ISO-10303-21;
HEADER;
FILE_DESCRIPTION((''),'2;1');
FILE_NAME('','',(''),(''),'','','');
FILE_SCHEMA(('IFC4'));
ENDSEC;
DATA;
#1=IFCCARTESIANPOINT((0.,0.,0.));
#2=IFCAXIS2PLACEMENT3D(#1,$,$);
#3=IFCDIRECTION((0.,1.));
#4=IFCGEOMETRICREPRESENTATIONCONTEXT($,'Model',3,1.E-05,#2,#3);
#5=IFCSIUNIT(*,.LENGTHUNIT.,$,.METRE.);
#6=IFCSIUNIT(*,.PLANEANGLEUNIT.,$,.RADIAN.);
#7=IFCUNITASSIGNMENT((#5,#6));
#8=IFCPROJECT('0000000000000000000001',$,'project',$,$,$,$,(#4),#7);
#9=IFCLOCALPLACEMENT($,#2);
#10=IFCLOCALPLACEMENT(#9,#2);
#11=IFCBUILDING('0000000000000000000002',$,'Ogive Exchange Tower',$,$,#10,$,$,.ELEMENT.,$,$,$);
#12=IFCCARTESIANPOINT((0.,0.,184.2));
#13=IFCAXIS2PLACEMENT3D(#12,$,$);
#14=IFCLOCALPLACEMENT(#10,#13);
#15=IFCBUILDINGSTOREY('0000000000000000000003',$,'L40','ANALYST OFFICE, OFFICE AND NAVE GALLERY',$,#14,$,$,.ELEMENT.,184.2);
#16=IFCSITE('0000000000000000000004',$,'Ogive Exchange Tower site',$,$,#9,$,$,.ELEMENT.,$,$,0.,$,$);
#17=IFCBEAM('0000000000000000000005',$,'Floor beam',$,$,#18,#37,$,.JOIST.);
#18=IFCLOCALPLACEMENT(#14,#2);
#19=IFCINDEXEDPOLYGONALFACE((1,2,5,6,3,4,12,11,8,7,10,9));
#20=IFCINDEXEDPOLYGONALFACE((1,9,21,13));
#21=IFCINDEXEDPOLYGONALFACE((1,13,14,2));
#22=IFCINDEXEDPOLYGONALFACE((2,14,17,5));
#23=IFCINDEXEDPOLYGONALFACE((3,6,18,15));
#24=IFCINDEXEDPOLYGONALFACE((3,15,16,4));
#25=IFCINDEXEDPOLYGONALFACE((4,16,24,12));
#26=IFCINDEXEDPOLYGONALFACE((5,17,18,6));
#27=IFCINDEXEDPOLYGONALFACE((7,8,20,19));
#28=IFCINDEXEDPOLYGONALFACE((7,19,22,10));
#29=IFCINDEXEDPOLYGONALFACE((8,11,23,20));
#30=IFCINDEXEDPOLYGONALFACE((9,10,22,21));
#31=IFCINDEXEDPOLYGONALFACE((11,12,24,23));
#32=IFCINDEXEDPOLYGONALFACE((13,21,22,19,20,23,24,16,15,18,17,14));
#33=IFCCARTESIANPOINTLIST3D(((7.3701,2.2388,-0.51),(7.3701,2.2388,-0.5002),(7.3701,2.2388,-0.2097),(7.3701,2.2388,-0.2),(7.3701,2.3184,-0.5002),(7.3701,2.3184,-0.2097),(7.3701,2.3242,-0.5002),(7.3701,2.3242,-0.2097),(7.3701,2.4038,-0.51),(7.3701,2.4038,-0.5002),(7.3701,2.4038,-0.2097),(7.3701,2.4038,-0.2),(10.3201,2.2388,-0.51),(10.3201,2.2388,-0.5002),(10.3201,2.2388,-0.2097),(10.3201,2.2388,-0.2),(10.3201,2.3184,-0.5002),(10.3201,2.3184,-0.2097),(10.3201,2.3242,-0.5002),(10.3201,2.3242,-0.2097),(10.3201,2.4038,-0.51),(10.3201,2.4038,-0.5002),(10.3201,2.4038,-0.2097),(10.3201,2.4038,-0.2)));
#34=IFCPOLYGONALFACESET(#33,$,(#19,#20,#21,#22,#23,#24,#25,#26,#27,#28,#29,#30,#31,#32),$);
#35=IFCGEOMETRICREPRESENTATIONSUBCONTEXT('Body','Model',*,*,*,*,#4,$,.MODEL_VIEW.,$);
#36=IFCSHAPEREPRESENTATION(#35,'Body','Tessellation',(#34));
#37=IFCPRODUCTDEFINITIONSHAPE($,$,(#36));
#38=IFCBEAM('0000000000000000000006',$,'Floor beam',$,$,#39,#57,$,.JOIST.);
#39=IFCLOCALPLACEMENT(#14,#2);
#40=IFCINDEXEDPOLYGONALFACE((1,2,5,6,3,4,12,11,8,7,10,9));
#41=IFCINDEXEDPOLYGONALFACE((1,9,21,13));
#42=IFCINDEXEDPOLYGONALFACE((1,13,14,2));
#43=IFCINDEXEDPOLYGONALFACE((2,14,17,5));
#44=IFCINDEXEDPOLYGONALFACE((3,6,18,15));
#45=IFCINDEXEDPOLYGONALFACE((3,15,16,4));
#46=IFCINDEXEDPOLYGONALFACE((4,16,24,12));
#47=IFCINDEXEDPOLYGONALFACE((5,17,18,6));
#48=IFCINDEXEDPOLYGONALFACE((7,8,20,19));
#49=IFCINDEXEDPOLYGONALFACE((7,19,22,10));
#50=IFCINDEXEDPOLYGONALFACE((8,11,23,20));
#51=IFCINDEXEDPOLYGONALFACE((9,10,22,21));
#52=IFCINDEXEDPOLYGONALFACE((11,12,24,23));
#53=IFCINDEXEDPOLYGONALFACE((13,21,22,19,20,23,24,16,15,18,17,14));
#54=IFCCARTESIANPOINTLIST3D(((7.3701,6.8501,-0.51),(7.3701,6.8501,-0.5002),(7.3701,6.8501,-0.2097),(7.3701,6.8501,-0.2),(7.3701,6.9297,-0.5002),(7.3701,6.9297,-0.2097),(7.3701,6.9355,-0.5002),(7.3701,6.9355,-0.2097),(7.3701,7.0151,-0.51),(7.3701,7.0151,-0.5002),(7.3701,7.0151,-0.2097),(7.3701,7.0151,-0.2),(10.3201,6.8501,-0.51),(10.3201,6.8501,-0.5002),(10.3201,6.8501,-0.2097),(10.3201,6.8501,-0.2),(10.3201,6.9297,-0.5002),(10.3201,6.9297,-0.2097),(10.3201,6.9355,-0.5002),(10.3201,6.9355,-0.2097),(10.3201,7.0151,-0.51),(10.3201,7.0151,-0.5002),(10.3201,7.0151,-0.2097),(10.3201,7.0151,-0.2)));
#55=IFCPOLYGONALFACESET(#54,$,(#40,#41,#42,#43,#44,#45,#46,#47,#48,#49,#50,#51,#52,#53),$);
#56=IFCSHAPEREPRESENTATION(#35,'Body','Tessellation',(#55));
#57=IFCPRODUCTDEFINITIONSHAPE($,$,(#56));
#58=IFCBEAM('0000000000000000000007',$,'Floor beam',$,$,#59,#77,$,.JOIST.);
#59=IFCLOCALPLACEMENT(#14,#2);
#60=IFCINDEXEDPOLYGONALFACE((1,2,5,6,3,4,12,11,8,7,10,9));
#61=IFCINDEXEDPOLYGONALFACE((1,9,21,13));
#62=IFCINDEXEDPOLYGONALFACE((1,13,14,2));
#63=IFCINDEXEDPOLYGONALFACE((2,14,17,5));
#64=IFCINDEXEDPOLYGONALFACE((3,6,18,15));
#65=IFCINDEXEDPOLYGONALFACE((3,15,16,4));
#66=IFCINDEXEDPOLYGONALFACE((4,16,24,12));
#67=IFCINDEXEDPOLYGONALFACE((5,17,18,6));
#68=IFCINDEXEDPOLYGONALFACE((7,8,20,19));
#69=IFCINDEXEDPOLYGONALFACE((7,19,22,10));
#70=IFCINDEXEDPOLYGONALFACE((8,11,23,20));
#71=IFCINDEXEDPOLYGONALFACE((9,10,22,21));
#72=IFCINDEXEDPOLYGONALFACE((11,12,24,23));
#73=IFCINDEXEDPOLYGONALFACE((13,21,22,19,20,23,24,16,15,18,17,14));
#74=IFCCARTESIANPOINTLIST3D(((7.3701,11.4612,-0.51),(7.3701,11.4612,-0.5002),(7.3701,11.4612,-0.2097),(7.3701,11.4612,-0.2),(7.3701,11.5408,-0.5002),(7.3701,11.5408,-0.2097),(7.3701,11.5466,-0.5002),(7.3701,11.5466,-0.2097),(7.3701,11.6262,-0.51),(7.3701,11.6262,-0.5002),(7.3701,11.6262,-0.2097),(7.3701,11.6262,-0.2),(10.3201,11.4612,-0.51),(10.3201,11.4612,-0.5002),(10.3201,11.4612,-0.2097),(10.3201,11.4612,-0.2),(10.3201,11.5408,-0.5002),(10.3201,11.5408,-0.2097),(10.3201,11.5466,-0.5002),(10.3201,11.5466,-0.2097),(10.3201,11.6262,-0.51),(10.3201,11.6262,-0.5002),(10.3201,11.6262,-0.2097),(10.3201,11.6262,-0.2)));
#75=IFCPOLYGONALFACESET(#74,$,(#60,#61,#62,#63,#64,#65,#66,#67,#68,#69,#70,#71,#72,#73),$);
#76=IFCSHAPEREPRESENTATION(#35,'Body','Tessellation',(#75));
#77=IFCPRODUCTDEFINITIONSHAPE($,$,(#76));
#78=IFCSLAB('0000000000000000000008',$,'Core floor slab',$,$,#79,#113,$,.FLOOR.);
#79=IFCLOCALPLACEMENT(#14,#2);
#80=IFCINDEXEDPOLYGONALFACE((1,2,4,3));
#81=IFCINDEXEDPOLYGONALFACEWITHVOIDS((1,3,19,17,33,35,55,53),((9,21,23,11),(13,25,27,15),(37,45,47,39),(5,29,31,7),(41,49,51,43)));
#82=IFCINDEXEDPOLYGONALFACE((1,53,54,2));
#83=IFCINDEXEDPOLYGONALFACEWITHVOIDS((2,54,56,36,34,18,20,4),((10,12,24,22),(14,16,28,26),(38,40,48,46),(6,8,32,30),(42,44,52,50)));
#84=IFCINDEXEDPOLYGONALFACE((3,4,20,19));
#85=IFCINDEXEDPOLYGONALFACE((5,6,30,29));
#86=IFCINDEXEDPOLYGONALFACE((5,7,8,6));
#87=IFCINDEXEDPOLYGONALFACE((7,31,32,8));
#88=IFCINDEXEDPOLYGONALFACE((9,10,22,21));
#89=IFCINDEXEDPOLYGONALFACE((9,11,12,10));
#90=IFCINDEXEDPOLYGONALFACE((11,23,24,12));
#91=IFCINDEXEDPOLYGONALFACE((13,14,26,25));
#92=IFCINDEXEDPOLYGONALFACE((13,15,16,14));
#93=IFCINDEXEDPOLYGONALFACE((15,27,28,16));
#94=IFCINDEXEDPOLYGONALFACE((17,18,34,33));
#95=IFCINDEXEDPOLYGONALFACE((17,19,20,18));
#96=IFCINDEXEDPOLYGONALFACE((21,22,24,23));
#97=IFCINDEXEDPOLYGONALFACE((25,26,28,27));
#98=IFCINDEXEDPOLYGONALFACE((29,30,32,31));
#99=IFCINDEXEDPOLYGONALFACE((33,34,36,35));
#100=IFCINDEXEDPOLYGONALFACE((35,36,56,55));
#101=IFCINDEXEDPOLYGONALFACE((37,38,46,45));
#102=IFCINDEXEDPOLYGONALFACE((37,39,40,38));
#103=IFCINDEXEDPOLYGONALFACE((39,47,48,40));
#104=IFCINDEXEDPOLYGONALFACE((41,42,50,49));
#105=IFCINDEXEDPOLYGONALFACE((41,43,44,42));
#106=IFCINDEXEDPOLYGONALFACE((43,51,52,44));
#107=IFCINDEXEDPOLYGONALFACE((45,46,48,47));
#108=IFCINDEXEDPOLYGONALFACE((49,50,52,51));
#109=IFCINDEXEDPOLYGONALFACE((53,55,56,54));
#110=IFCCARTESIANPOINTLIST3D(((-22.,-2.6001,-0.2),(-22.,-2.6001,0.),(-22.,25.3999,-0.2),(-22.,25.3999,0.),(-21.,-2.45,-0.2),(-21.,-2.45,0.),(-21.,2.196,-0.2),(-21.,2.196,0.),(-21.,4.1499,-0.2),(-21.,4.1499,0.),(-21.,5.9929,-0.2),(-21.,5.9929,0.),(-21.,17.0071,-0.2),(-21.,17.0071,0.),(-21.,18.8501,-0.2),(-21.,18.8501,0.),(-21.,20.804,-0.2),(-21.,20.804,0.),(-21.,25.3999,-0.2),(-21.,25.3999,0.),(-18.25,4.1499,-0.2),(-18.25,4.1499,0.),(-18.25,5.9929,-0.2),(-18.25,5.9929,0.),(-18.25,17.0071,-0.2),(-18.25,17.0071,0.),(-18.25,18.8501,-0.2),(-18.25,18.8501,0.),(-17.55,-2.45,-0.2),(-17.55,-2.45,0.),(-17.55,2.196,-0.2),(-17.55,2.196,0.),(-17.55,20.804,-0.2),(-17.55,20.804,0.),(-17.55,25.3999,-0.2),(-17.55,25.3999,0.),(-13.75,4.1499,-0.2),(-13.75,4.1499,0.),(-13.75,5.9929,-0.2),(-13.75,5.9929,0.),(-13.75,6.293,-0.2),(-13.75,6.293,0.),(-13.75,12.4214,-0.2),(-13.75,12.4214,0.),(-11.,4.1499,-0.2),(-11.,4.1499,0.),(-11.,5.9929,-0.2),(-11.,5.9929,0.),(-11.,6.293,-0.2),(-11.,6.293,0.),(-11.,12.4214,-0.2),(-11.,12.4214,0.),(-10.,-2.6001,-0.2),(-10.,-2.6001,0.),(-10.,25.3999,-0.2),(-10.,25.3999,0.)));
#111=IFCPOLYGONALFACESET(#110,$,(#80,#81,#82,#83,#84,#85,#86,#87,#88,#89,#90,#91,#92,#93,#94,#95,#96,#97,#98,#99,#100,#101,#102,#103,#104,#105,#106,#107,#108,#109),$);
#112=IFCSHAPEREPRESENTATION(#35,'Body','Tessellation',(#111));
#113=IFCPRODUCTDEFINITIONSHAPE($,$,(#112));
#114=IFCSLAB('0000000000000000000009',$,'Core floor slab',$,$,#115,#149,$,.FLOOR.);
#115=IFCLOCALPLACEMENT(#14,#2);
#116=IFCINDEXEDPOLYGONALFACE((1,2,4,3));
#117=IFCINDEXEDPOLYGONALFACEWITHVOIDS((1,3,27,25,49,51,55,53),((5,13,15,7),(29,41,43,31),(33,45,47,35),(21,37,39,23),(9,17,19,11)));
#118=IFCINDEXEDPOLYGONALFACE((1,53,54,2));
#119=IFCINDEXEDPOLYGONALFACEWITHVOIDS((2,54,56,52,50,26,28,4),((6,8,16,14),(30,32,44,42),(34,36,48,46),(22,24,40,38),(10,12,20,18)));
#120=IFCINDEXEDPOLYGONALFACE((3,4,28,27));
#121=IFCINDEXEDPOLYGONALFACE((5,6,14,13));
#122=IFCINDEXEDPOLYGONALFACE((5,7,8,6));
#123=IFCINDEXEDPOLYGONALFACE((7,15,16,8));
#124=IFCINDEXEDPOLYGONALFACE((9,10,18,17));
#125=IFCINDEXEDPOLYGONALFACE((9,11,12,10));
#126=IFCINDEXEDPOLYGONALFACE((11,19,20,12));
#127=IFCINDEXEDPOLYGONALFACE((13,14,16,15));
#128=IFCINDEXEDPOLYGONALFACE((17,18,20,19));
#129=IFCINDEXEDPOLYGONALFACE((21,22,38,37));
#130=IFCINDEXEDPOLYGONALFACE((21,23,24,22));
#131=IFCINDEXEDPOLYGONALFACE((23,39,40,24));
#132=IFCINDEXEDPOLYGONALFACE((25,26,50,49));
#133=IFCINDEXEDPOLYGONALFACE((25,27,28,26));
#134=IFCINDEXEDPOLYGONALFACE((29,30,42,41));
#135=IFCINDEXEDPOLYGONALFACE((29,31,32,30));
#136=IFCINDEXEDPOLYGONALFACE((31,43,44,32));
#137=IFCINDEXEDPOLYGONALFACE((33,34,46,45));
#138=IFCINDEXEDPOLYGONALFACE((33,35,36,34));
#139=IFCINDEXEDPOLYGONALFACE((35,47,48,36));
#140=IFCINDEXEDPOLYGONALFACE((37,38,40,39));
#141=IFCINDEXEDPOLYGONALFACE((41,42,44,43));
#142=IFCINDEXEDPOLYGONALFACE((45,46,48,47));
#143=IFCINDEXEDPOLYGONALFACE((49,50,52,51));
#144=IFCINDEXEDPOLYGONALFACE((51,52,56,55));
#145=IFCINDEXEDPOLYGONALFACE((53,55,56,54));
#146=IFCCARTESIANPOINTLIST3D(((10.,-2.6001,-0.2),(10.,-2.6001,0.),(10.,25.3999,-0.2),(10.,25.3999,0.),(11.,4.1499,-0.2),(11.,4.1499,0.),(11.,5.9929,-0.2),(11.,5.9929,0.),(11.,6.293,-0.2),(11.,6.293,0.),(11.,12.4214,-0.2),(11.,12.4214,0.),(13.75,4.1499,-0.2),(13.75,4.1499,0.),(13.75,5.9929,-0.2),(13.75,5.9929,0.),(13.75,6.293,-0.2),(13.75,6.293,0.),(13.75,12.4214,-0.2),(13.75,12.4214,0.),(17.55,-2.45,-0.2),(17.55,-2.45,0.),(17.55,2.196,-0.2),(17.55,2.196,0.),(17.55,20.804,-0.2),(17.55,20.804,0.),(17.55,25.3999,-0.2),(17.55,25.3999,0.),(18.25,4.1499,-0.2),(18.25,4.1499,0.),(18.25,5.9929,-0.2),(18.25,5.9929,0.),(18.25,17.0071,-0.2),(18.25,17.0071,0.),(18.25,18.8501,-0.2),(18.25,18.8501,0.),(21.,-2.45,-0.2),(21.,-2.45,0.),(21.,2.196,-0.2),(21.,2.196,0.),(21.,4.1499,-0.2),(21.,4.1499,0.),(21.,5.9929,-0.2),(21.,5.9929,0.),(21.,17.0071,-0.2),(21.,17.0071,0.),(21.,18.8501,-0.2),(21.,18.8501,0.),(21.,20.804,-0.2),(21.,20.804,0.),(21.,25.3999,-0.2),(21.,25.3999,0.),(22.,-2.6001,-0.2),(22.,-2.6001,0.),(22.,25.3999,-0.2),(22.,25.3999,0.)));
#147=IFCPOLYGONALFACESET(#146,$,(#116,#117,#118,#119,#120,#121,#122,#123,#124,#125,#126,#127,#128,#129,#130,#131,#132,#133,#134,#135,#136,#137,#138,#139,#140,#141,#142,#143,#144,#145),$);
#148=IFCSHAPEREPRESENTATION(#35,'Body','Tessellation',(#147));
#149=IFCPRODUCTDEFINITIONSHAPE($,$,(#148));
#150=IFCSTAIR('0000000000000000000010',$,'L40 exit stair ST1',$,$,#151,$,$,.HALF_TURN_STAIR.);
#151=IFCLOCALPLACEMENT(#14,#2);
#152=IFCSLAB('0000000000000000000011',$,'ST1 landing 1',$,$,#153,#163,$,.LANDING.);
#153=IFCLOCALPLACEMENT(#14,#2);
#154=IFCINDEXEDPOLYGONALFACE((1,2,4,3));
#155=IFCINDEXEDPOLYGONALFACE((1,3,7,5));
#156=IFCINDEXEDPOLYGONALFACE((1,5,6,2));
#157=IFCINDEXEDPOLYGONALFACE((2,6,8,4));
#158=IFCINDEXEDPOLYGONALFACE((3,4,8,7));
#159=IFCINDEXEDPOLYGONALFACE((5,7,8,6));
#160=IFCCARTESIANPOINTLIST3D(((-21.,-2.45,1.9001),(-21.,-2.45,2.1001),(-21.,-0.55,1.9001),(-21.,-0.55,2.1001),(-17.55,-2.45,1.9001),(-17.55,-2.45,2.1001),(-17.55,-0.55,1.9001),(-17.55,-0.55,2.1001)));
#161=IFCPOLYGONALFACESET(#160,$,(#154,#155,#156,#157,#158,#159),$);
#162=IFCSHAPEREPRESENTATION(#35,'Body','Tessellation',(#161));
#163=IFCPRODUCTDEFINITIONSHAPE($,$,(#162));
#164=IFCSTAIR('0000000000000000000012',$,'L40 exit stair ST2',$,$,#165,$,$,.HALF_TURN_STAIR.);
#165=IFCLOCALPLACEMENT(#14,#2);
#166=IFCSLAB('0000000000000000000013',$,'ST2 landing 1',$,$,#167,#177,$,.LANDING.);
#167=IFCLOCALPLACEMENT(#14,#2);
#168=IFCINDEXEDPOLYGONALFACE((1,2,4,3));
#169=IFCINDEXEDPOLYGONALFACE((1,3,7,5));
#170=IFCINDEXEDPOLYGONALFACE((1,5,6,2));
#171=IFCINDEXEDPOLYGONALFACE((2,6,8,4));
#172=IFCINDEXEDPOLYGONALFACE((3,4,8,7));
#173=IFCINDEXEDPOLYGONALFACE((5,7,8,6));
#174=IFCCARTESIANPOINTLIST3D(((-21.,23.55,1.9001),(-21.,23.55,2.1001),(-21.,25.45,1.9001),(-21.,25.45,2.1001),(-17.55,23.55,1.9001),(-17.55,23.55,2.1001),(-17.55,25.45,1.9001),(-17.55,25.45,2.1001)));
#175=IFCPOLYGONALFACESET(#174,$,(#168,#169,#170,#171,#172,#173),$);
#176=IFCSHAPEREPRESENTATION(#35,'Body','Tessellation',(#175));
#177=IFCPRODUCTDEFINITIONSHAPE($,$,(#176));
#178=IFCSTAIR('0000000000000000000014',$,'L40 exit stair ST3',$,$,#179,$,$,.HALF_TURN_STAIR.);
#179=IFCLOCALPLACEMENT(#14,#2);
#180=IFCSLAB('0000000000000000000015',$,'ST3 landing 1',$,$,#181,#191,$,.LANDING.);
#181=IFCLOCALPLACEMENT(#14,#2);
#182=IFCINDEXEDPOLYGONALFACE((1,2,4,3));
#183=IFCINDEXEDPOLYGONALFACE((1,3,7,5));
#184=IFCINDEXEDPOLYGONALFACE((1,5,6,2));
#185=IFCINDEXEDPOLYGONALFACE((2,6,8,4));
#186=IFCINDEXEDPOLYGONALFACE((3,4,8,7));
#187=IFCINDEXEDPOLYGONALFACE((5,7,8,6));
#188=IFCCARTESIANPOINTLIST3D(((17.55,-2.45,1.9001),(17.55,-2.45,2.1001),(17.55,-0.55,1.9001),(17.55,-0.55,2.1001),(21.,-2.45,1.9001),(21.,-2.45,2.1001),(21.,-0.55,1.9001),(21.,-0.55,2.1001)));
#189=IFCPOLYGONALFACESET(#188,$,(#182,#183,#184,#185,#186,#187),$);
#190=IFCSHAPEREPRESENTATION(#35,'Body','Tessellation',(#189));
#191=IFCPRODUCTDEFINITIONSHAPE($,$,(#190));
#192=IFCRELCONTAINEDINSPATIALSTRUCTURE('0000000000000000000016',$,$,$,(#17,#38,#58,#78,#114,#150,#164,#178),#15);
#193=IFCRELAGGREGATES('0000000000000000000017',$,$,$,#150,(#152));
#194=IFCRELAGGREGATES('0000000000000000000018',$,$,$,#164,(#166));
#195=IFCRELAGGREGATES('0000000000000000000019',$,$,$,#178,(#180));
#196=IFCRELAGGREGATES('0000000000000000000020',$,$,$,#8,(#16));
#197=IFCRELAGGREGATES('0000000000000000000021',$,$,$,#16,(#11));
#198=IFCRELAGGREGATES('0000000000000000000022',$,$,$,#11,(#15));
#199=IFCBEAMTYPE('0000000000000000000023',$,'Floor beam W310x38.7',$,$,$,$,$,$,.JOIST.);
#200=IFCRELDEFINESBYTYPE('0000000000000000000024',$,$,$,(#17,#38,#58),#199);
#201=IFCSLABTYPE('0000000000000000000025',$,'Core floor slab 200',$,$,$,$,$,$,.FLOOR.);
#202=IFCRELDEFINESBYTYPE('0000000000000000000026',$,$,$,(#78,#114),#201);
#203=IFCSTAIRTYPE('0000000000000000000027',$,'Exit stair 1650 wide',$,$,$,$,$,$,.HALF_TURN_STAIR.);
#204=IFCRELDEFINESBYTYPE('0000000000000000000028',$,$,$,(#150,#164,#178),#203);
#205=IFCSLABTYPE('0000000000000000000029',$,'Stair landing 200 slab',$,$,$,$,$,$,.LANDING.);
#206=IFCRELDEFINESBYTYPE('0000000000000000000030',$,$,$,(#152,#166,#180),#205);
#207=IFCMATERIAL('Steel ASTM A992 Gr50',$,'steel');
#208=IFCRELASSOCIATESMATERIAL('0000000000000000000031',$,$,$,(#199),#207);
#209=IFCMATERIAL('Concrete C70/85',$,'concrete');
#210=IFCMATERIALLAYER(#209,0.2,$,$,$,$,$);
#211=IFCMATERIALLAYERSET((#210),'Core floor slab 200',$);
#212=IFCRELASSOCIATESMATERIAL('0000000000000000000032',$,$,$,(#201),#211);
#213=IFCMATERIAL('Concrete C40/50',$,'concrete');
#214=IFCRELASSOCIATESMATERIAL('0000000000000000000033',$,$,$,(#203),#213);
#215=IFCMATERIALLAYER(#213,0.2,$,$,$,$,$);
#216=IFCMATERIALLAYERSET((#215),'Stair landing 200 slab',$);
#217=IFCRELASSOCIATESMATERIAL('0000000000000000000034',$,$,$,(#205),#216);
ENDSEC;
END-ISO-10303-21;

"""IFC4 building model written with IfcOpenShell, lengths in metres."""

from ifc_helpers import new_model, si_unit, direction, frame, origin, origin_2d, place, context, subcontext, project, spatial, polyline, i_section, outline, extrude, material, layer, layer_set, material_profile, profile_set, type_object, element, aggregate, save


model = new_model("IFC4")

# Units and contexts
model_context = context("Model", 3, precision=1e-05, world=origin(), true_north=direction((0.0, 1.0)))
body_context = subcontext(model_context, "Body", "Model", "MODEL_VIEW")
ifc_project = project(units=[si_unit("LENGTHUNIT", "METRE"), si_unit("PLANEANGLEUNIT", "RADIAN")], contexts=[model_context])

# Site, building, storey
site_placement = place(None, origin())
site = spatial("IfcSite", under=ifc_project, at=site_placement, Name="Ogive Exchange Tower site", CompositionType="ELEMENT", RefElevation=0.0)
building_placement = place(site_placement, origin())
building = spatial("IfcBuilding", under=site, at=building_placement, Name="Ogive Exchange Tower", CompositionType="ELEMENT")
storey_placement = place(building_placement, frame((0.0, 0.0, 184.2)))
storey = spatial("IfcBuildingStorey", under=building, at=storey_placement, Name="L40", Description="ANALYST OFFICE, OFFICE AND NAVE GALLERY", CompositionType="ELEMENT", Elevation=184.2)

# Beams
ifc_material_1 = material(Name="Steel ASTM A992 Gr50", Category="steel")
ifc_material_profile = material_profile(ifc_material_1, i_section(OverallWidth=0.165, OverallDepth=0.3101, WebThickness=0.0059, FlangeThickness=0.0098, at=origin_2d()), Name="W310x38.7")
ifc_profile_set = profile_set([ifc_material_profile], Name="Steel ASTM A992 Gr50")
beam_type = type_object("IfcBeamType", Name="Floor beam W310x38.7", PredefinedType="JOIST", material=ifc_profile_set)
for number, where, z_axis, x_axis, name in (
    (1, (7.3701, 2.3213, -0.355), (1.0, 0.0, 0.0), (0.0, 1.0, 0.0), "Floor beam"),
    (2, (7.3701, 6.9326, -0.355), (1.0, 0.0, 0.0), (0.0, 1.0, 0.0), "Floor beam"),
    (3, (7.3701, 11.5437, -0.355), (1.0, 0.0, 0.0), (0.0, 1.0, 0.0), "Floor beam"),
):
    element("IfcBeam", number, at=place(storey_placement, frame(where, z_axis=z_axis, x_axis=x_axis)), inside=storey, type_object=beam_type, Name=name, PredefinedType="JOIST", context=body_context, shape_type="SweptSolid", body=[
        extrude(i_section(OverallWidth=0.165, OverallDepth=0.3101, WebThickness=0.0059, FlangeThickness=0.0098, at=origin_2d()), origin(), (0.0, 0.0, 1.0), 2.95),
    ])

# Slabs
ifc_material_2 = material(Name="Concrete C70/85", Category="concrete")
ifc_layer_1 = layer(ifc_material_2, 0.2)
ifc_layer_set_1 = layer_set([ifc_layer_1], Name="Core floor slab 200")
slab_type_1 = type_object("IfcSlabType", Name="Core floor slab 200", PredefinedType="FLOOR", material=ifc_layer_set_1)
slab_1_placement = place(storey_placement, frame((0.0, 0.0, -0.2)))
element("IfcSlab", 4, at=slab_1_placement, inside=storey, type_object=slab_type_1, Name="Core floor slab", PredefinedType="FLOOR", context=body_context, shape_type="SweptSolid", body=[
    extrude(outline(polyline([(-10.0, 25.3999), (-10.0, -2.6001), (-22.0, -2.6001), (-22.0, 25.3999), (-21.0, 25.3999), (-21.0, 20.804), (-17.55, 20.804), (-17.55, 25.3999), (-10.0, 25.3999)]), holes=[polyline([(-17.55, 2.196), (-21.0, 2.196), (-21.0, -2.45), (-17.55, -2.45), (-17.55, 2.196)]), polyline([(-18.25, 5.9929), (-21.0, 5.9929), (-21.0, 4.1499), (-18.25, 4.1499), (-18.25, 5.9929)]), polyline([(-11.0, 5.9929), (-13.75, 5.9929), (-13.75, 4.1499), (-11.0, 4.1499), (-11.0, 5.9929)]), polyline([(-13.75, 12.4214), (-13.75, 6.293), (-11.0, 6.293), (-11.0, 12.4214), (-13.75, 12.4214)]), polyline([(-18.25, 18.8501), (-21.0, 18.8501), (-21.0, 17.0071), (-18.25, 17.0071), (-18.25, 18.8501)])]), origin(), (0.0, 0.0, 1.0), 0.2),
])
slab_2_placement = place(storey_placement, frame((0.0, 0.0, -0.2)))
element("IfcSlab", 5, at=slab_2_placement, inside=storey, type_object=slab_type_1, Name="Core floor slab", PredefinedType="FLOOR", context=body_context, shape_type="SweptSolid", body=[
    extrude(outline(polyline([(22.0, 25.3999), (22.0, -2.6001), (10.0, -2.6001), (10.0, 25.3999), (17.55, 25.3999), (17.55, 20.804), (21.0, 20.804), (21.0, 25.3999), (22.0, 25.3999)]), holes=[polyline([(21.0, 2.196), (17.55, 2.196), (17.55, -2.45), (21.0, -2.45), (21.0, 2.196)]), polyline([(13.75, 5.9929), (11.0, 5.9929), (11.0, 4.1499), (13.75, 4.1499), (13.75, 5.9929)]), polyline([(21.0, 5.9929), (18.25, 5.9929), (18.25, 4.1499), (21.0, 4.1499), (21.0, 5.9929)]), polyline([(11.0, 12.4214), (11.0, 6.293), (13.75, 6.293), (13.75, 12.4214), (11.0, 12.4214)]), polyline([(21.0, 18.8501), (18.25, 18.8501), (18.25, 17.0071), (21.0, 17.0071), (21.0, 18.8501)])]), origin(), (0.0, 0.0, 1.0), 0.2),
])

# Stairs, slabs
ifc_material_3 = material(Name="Concrete C40/50", Category="concrete")
stair_type = type_object("IfcStairType", Name="Exit stair 1650 wide", PredefinedType="HALF_TURN_STAIR", material=ifc_material_3)
stair_1_placement = place(storey_placement, origin())
stair_1 = element("IfcStair", 6, at=stair_1_placement, inside=storey, type_object=stair_type, Name="L40 exit stair ST1", PredefinedType="HALF_TURN_STAIR")
ifc_layer_2 = layer(ifc_material_3, 0.2)
ifc_layer_set_2 = layer_set([ifc_layer_2], Name="Stair landing 200 slab")
slab_type_2 = type_object("IfcSlabType", Name="Stair landing 200 slab", PredefinedType="LANDING", material=ifc_layer_set_2)
slab_3_placement = place(storey_placement, frame((0.0, 0.0, 1.9001)))
slab_3 = element("IfcSlab", 7, at=slab_3_placement, type_object=slab_type_2, Name="ST1 landing 1", PredefinedType="LANDING", context=body_context, shape_type="SweptSolid", body=[
    extrude(outline(polyline([(-21.0, -0.55), (-21.0, -2.45), (-17.55, -2.45), (-17.55, -0.55), (-21.0, -0.55)])), origin(), (0.0, 0.0, 1.0), 0.2),
])
aggregate(stair_1, [slab_3])
stair_2_placement = place(storey_placement, origin())
stair_2 = element("IfcStair", 8, at=stair_2_placement, inside=storey, type_object=stair_type, Name="L40 exit stair ST2", PredefinedType="HALF_TURN_STAIR")
slab_4_placement = place(storey_placement, frame((0.0, 0.0, 1.9001)))
slab_4 = element("IfcSlab", 9, at=slab_4_placement, type_object=slab_type_2, Name="ST2 landing 1", PredefinedType="LANDING", context=body_context, shape_type="SweptSolid", body=[
    extrude(outline(polyline([(-17.55, 23.55), (-17.55, 25.45), (-21.0, 25.45), (-21.0, 23.55), (-17.55, 23.55)])), origin(), (0.0, 0.0, 1.0), 0.2),
])
aggregate(stair_2, [slab_4])
stair_3_placement = place(storey_placement, origin())
stair_3 = element("IfcStair", 10, at=stair_3_placement, inside=storey, type_object=stair_type, Name="L40 exit stair ST3", PredefinedType="HALF_TURN_STAIR")
slab_5_placement = place(storey_placement, frame((0.0, 0.0, 1.9001)))
slab_5 = element("IfcSlab", 11, at=slab_5_placement, type_object=slab_type_2, Name="ST3 landing 1", PredefinedType="LANDING", context=body_context, shape_type="SweptSolid", body=[
    extrude(outline(polyline([(17.55, -0.55), (17.55, -2.45), (21.0, -2.45), (21.0, -0.55), (17.55, -0.55)])), origin(), (0.0, 0.0, 1.0), 0.2),
])
aggregate(stair_3, [slab_5])

save(model, "model.ifc")
